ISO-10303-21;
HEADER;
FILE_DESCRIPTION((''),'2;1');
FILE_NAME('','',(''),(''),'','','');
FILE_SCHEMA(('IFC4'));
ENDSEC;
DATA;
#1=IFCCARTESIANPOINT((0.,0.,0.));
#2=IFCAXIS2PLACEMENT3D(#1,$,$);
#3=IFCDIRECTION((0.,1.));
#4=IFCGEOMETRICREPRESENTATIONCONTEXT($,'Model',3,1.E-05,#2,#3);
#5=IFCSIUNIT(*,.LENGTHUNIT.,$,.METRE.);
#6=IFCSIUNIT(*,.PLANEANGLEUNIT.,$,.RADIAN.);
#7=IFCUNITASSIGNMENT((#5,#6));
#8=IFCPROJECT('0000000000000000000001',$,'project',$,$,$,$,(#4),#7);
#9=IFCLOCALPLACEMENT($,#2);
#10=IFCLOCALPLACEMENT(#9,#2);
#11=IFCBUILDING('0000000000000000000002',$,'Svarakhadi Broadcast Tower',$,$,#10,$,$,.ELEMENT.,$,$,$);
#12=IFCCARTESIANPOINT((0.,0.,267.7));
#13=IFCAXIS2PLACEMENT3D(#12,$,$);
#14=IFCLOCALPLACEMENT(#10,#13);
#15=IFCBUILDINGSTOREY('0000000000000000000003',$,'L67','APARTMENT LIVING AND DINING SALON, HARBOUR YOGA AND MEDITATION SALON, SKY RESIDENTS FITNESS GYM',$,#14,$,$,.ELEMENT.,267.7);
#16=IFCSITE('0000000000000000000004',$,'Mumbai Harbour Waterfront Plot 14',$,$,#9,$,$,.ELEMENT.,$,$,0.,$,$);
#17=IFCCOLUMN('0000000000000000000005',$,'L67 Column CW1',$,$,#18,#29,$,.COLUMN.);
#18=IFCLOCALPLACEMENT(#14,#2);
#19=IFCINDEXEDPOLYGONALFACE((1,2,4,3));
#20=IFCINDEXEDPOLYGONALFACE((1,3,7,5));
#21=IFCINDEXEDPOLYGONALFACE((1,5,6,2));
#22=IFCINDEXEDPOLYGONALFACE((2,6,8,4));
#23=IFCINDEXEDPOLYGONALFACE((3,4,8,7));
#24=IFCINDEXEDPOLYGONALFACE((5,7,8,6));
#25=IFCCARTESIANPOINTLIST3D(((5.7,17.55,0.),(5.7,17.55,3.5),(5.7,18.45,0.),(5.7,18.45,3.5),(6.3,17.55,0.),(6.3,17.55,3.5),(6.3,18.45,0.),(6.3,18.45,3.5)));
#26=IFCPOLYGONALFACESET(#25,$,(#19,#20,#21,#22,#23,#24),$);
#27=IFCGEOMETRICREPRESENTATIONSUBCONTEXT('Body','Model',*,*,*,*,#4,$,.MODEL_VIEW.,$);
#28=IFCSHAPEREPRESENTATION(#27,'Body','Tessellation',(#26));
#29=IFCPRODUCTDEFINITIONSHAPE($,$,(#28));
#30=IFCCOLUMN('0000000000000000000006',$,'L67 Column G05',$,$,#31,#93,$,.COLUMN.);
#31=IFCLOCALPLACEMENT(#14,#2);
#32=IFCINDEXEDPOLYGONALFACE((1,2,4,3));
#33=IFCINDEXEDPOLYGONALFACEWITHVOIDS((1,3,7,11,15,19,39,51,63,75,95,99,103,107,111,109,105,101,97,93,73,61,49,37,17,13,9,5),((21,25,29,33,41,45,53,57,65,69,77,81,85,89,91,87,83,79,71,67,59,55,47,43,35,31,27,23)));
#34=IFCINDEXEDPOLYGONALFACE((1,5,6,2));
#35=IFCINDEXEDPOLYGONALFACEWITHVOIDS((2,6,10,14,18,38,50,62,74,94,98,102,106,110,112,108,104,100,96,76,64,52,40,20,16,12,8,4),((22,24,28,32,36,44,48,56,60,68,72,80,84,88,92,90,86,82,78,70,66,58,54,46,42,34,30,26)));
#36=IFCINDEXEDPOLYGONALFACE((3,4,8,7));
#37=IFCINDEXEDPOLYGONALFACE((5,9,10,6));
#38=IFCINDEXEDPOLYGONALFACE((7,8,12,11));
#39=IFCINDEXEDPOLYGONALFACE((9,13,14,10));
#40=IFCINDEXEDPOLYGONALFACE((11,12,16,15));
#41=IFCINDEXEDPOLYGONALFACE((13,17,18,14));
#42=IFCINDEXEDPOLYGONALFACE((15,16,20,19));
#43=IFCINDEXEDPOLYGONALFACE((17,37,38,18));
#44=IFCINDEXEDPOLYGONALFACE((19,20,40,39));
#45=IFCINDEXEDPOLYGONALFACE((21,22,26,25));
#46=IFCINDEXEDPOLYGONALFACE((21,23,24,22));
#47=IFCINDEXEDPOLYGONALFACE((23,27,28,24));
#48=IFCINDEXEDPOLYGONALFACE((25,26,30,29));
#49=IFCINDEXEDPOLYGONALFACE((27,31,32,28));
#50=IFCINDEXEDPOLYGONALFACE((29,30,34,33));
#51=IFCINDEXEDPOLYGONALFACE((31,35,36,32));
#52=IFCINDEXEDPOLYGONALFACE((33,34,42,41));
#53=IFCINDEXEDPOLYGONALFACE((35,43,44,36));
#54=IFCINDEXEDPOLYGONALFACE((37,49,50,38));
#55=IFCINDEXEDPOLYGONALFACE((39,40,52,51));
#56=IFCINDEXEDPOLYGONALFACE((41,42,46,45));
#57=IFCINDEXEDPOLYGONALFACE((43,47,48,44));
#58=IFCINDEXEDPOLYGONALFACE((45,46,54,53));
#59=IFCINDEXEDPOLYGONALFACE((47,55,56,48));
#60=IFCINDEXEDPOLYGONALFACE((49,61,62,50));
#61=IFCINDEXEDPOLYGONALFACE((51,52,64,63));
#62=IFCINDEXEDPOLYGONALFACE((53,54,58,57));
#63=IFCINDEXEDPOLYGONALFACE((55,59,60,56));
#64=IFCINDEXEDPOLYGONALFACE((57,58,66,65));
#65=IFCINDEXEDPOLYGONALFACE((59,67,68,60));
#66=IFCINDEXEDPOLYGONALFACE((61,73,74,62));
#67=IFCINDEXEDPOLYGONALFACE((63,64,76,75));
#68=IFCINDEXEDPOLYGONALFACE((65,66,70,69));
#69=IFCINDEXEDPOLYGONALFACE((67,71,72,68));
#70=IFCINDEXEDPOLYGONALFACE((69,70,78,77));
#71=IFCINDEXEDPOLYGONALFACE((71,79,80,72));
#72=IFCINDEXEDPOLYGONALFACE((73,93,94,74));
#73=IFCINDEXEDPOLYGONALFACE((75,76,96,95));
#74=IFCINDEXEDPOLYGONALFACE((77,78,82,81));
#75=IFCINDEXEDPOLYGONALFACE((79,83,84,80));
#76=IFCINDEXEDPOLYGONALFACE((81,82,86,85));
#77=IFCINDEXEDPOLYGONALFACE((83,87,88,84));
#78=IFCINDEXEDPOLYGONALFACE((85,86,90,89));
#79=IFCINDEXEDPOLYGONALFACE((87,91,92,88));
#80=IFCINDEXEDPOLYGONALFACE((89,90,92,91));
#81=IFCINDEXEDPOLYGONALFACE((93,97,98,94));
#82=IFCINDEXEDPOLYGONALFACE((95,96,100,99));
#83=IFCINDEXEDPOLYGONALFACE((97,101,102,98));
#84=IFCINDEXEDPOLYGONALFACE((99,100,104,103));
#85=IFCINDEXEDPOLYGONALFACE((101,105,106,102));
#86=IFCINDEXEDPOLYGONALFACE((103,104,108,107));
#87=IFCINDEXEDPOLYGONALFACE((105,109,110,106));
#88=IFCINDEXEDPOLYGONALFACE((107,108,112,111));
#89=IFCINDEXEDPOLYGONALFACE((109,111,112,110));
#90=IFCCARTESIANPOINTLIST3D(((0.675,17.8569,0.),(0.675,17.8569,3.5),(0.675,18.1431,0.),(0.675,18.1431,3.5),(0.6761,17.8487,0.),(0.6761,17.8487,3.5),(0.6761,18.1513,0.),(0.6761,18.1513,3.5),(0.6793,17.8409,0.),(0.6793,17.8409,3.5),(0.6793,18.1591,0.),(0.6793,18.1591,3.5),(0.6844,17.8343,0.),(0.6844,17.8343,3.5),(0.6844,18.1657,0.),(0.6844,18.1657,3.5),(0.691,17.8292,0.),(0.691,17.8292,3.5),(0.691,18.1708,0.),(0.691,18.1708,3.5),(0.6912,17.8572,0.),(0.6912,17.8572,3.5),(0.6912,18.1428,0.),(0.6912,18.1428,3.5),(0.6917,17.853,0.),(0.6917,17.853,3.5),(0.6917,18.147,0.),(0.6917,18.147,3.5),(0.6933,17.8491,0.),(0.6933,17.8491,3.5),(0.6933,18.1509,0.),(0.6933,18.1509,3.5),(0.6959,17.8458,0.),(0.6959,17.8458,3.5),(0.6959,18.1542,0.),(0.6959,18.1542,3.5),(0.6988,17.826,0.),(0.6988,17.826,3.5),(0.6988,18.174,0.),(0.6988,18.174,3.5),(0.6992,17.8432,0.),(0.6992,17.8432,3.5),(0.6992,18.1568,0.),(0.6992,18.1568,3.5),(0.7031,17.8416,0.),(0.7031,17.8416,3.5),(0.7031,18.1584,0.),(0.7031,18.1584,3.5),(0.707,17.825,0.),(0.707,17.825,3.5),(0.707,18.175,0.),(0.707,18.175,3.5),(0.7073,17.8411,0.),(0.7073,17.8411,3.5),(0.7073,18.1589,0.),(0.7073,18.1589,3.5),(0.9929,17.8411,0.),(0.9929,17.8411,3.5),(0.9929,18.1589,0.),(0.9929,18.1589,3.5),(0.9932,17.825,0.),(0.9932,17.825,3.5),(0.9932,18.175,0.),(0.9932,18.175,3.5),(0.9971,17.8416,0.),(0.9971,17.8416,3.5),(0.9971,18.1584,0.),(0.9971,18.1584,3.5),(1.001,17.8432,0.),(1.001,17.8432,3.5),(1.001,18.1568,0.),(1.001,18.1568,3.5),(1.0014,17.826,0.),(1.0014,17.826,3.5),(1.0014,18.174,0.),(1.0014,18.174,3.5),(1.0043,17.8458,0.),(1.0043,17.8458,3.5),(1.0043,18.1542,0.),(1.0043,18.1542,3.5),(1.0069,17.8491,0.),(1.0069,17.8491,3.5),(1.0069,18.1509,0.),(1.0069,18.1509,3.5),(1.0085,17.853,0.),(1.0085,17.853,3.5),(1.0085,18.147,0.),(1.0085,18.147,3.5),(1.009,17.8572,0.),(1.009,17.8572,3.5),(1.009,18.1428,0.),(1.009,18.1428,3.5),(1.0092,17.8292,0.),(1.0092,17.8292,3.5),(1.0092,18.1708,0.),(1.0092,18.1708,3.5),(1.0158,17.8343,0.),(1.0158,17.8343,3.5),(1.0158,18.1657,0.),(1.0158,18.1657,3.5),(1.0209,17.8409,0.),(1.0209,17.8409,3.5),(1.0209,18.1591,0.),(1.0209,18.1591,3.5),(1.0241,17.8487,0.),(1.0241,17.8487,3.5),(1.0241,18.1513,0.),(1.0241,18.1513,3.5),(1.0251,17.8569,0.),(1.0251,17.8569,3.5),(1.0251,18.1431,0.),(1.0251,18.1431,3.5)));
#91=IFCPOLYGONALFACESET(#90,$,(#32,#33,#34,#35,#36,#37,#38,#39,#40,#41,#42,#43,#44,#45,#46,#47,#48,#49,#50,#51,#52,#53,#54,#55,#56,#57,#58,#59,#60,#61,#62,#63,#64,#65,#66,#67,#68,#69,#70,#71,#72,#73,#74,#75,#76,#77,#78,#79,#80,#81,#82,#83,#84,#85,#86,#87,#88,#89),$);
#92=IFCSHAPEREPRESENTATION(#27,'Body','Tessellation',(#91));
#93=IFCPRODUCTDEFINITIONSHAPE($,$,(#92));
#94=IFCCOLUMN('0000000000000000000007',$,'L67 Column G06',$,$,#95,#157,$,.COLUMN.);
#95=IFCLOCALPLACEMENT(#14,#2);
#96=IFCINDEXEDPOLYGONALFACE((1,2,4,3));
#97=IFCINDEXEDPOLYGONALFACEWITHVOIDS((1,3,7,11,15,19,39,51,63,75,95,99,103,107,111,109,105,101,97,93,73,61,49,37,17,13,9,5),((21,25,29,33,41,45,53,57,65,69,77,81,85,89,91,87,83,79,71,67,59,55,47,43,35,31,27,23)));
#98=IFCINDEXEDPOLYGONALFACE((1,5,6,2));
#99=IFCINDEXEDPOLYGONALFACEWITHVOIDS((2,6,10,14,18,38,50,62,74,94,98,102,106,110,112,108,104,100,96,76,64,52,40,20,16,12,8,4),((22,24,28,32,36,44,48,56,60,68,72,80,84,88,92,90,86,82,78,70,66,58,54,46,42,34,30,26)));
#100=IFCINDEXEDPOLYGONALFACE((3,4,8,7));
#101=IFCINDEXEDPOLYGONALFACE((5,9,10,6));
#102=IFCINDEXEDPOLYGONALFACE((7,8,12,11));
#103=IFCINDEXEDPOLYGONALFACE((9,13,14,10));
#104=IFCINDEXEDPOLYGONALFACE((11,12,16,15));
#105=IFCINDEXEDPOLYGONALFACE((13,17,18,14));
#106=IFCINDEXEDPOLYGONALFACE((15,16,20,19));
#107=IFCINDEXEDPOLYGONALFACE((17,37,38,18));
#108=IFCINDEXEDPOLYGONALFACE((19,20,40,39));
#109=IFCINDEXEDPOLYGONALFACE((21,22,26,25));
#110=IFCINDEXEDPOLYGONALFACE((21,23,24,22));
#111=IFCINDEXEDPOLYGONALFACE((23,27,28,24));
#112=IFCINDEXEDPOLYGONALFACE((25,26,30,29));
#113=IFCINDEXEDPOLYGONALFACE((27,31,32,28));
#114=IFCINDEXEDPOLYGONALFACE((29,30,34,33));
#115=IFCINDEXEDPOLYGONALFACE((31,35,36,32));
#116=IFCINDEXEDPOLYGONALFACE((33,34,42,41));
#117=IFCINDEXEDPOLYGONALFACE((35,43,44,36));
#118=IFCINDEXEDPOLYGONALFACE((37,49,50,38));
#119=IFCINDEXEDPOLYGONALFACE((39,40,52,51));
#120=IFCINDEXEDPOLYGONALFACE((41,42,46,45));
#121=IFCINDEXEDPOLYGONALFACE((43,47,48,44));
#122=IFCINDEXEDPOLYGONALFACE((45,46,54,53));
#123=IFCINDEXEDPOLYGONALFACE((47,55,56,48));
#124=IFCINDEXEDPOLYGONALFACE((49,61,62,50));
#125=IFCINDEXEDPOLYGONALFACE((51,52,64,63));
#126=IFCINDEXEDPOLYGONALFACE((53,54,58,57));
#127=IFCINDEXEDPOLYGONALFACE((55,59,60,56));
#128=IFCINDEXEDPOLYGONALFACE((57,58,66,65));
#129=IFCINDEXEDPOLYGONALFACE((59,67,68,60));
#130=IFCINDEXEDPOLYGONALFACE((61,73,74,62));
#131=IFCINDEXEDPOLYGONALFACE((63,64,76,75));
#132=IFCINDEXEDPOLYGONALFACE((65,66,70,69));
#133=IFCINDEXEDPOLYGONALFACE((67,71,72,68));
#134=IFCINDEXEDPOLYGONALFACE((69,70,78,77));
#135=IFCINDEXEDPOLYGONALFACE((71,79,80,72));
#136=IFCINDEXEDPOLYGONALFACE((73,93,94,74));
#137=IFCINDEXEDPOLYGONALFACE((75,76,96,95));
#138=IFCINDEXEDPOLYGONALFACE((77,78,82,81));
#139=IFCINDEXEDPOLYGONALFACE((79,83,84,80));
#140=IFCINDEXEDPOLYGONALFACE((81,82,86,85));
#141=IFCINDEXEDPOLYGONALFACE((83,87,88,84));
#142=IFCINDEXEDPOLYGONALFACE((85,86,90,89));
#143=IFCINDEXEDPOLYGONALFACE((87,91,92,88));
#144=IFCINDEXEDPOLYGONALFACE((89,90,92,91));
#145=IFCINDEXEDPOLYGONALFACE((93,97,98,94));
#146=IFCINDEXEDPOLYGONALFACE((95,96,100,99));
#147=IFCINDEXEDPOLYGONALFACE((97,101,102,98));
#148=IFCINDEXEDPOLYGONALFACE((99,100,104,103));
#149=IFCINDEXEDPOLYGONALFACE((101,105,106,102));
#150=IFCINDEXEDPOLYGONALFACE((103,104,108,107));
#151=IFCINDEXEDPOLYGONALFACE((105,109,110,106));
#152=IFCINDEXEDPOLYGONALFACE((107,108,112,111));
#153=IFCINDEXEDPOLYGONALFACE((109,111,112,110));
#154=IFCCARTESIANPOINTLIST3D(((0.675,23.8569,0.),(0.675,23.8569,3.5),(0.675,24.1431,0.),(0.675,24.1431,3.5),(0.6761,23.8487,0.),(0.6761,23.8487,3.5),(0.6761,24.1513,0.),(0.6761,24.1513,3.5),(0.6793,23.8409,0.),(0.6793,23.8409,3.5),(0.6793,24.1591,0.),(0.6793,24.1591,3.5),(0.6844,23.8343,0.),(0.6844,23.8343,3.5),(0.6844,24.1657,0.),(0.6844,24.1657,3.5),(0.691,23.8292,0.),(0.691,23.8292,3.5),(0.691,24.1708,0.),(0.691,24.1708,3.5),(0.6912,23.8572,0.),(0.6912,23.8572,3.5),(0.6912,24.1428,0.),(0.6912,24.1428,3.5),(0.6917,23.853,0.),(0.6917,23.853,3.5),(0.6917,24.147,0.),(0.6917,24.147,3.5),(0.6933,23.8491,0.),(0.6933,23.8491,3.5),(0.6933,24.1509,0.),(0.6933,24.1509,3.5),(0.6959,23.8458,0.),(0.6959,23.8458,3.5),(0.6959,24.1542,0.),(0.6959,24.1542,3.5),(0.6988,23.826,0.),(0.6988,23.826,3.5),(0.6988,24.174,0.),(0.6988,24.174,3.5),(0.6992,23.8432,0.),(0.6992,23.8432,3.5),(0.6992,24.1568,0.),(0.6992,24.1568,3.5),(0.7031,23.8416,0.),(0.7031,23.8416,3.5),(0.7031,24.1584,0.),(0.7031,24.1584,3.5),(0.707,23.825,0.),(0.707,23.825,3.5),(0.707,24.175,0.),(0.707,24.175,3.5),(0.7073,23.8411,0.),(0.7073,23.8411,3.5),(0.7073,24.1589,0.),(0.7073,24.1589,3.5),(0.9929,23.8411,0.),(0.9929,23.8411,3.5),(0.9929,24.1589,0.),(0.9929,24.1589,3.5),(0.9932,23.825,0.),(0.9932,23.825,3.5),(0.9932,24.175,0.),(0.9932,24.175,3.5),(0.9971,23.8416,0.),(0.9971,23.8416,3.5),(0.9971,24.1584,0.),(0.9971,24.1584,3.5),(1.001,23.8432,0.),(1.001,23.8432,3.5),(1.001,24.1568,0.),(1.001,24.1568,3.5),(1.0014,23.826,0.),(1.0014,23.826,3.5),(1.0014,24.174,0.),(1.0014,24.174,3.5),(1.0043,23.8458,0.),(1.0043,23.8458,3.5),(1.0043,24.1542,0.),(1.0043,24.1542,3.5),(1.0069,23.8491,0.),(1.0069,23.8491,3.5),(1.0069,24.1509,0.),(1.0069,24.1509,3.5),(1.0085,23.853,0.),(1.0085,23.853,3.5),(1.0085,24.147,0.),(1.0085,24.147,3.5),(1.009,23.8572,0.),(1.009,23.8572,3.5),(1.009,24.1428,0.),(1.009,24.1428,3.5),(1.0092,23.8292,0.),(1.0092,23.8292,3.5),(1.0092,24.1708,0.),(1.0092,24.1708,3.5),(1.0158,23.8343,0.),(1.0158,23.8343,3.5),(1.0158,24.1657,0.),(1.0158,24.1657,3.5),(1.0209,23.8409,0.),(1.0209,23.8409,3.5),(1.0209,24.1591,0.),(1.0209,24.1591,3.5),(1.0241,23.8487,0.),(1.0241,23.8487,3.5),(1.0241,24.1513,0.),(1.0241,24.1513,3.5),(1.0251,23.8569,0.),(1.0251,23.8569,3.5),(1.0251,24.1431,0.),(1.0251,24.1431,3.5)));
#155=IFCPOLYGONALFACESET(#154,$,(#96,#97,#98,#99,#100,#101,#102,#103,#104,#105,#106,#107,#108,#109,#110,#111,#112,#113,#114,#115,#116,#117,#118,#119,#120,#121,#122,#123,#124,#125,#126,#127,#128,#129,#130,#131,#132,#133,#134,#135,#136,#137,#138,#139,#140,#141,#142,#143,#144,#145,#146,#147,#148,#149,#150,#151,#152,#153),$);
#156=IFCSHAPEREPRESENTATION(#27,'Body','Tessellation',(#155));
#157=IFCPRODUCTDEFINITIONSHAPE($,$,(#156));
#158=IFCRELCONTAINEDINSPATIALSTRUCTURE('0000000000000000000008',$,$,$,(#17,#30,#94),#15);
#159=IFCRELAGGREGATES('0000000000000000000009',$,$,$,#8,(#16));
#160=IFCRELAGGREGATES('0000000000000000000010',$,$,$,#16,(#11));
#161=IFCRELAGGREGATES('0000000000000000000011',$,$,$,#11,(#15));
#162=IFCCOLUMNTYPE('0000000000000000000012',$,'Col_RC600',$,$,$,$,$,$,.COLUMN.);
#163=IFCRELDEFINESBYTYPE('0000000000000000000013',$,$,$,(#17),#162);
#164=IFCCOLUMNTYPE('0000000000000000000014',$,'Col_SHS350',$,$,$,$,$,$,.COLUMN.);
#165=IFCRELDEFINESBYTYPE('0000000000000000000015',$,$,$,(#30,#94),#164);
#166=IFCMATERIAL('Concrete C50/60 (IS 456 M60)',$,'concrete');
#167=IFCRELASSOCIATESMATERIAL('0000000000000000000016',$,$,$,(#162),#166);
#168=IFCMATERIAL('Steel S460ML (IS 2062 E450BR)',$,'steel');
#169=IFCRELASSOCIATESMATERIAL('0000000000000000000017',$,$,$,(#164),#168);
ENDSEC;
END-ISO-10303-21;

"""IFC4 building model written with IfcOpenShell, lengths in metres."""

from ifc_helpers import new_model, si_unit, direction, frame, origin, origin_2d, place, context, subcontext, project, spatial, rectangle, hollow_rectangle, extrude, material, material_profile, profile_set, type_object, element, save


model = new_model("IFC4")

# Units and contexts
model_context = context("Model", 3, precision=1e-05, world=origin(), true_north=direction((0.0, 1.0)))
body_context = subcontext(model_context, "Body", "Model", "MODEL_VIEW")
ifc_project = project(units=[si_unit("LENGTHUNIT", "METRE"), si_unit("PLANEANGLEUNIT", "RADIAN")], contexts=[model_context])

# Site, building, storey
site_placement = place(None, origin())
site = spatial("IfcSite", under=ifc_project, at=site_placement, Name="Mumbai Harbour Waterfront Plot 14", CompositionType="ELEMENT", RefElevation=0.0)
building_placement = place(site_placement, origin())
building = spatial("IfcBuilding", under=site, at=building_placement, Name="Svarakhadi Broadcast Tower", CompositionType="ELEMENT")
storey_placement = place(building_placement, frame((0.0, 0.0, 267.7)))
storey = spatial("IfcBuildingStorey", under=building, at=storey_placement, Name="L67", Description="APARTMENT LIVING AND DINING SALON, HARBOUR YOGA AND MEDITATION SALON, SKY RESIDENTS FITNESS GYM", CompositionType="ELEMENT", Elevation=267.7)

# Columns
ifc_material_1 = material(Name="Concrete C50/60 (IS 456 M60)", Category="concrete")
ifc_material_profile_1 = material_profile(ifc_material_1, rectangle(XDim=0.6001, YDim=0.8999, at=origin_2d()), Name="RC 600x900")
ifc_profile_set_1 = profile_set([ifc_material_profile_1], Name="Concrete C50/60 (IS 456 M60)")
column_type_1 = type_object("IfcColumnType", Name="Col_RC600", PredefinedType="COLUMN", material=ifc_profile_set_1)
column_placement = place(storey_placement, frame((6.0, 18.0, 0.0), z_axis=(0.0, 0.0, 1.0), x_axis=(1.0, 0.0, 0.0)))
element("IfcColumn", 1, at=column_placement, inside=storey, type_object=column_type_1, Name="L67 Column CW1", PredefinedType="COLUMN", context=body_context, shape_type="SweptSolid", body=[
    extrude(rectangle(XDim=0.6001, YDim=0.8999, at=origin_2d()), origin(), (0.0, 0.0, 1.0), 3.5),
])
ifc_material_2 = material(Name="Steel S460ML (IS 2062 E450BR)", Category="steel")
ifc_material_profile_2 = material_profile(ifc_material_2, hollow_rectangle(XDim=0.3501, YDim=0.3501, WallThickness=0.0161, InnerFilletRadius=0.0161, OuterFilletRadius=0.032, at=origin_2d()), Name="SHS 350x350x16")
ifc_profile_set_2 = profile_set([ifc_material_profile_2], Name="Steel S460ML (IS 2062 E450BR)")
column_type_2 = type_object("IfcColumnType", Name="Col_SHS350", PredefinedType="COLUMN", material=ifc_profile_set_2)
for number, where, z_axis, x_axis, name in (
    (2, (0.8501, 18.0, 0.0), (0.0, 0.0, 1.0), (1.0, 0.0, 0.0), "L67 Column G05"),
    (3, (0.8501, 24.0, 0.0), (0.0, 0.0, 1.0), (1.0, 0.0, 0.0), "L67 Column G06"),
):
    element("IfcColumn", number, at=place(storey_placement, frame(where, z_axis=z_axis, x_axis=x_axis)), inside=storey, type_object=column_type_2, Name=name, PredefinedType="COLUMN", context=body_context, shape_type="SweptSolid", body=[
        extrude(hollow_rectangle(XDim=0.3501, YDim=0.3501, WallThickness=0.0161, InnerFilletRadius=0.0161, OuterFilletRadius=0.032, at=origin_2d()), origin(), (0.0, 0.0, 1.0), 3.5),
    ])

save(model, "model.ifc")
